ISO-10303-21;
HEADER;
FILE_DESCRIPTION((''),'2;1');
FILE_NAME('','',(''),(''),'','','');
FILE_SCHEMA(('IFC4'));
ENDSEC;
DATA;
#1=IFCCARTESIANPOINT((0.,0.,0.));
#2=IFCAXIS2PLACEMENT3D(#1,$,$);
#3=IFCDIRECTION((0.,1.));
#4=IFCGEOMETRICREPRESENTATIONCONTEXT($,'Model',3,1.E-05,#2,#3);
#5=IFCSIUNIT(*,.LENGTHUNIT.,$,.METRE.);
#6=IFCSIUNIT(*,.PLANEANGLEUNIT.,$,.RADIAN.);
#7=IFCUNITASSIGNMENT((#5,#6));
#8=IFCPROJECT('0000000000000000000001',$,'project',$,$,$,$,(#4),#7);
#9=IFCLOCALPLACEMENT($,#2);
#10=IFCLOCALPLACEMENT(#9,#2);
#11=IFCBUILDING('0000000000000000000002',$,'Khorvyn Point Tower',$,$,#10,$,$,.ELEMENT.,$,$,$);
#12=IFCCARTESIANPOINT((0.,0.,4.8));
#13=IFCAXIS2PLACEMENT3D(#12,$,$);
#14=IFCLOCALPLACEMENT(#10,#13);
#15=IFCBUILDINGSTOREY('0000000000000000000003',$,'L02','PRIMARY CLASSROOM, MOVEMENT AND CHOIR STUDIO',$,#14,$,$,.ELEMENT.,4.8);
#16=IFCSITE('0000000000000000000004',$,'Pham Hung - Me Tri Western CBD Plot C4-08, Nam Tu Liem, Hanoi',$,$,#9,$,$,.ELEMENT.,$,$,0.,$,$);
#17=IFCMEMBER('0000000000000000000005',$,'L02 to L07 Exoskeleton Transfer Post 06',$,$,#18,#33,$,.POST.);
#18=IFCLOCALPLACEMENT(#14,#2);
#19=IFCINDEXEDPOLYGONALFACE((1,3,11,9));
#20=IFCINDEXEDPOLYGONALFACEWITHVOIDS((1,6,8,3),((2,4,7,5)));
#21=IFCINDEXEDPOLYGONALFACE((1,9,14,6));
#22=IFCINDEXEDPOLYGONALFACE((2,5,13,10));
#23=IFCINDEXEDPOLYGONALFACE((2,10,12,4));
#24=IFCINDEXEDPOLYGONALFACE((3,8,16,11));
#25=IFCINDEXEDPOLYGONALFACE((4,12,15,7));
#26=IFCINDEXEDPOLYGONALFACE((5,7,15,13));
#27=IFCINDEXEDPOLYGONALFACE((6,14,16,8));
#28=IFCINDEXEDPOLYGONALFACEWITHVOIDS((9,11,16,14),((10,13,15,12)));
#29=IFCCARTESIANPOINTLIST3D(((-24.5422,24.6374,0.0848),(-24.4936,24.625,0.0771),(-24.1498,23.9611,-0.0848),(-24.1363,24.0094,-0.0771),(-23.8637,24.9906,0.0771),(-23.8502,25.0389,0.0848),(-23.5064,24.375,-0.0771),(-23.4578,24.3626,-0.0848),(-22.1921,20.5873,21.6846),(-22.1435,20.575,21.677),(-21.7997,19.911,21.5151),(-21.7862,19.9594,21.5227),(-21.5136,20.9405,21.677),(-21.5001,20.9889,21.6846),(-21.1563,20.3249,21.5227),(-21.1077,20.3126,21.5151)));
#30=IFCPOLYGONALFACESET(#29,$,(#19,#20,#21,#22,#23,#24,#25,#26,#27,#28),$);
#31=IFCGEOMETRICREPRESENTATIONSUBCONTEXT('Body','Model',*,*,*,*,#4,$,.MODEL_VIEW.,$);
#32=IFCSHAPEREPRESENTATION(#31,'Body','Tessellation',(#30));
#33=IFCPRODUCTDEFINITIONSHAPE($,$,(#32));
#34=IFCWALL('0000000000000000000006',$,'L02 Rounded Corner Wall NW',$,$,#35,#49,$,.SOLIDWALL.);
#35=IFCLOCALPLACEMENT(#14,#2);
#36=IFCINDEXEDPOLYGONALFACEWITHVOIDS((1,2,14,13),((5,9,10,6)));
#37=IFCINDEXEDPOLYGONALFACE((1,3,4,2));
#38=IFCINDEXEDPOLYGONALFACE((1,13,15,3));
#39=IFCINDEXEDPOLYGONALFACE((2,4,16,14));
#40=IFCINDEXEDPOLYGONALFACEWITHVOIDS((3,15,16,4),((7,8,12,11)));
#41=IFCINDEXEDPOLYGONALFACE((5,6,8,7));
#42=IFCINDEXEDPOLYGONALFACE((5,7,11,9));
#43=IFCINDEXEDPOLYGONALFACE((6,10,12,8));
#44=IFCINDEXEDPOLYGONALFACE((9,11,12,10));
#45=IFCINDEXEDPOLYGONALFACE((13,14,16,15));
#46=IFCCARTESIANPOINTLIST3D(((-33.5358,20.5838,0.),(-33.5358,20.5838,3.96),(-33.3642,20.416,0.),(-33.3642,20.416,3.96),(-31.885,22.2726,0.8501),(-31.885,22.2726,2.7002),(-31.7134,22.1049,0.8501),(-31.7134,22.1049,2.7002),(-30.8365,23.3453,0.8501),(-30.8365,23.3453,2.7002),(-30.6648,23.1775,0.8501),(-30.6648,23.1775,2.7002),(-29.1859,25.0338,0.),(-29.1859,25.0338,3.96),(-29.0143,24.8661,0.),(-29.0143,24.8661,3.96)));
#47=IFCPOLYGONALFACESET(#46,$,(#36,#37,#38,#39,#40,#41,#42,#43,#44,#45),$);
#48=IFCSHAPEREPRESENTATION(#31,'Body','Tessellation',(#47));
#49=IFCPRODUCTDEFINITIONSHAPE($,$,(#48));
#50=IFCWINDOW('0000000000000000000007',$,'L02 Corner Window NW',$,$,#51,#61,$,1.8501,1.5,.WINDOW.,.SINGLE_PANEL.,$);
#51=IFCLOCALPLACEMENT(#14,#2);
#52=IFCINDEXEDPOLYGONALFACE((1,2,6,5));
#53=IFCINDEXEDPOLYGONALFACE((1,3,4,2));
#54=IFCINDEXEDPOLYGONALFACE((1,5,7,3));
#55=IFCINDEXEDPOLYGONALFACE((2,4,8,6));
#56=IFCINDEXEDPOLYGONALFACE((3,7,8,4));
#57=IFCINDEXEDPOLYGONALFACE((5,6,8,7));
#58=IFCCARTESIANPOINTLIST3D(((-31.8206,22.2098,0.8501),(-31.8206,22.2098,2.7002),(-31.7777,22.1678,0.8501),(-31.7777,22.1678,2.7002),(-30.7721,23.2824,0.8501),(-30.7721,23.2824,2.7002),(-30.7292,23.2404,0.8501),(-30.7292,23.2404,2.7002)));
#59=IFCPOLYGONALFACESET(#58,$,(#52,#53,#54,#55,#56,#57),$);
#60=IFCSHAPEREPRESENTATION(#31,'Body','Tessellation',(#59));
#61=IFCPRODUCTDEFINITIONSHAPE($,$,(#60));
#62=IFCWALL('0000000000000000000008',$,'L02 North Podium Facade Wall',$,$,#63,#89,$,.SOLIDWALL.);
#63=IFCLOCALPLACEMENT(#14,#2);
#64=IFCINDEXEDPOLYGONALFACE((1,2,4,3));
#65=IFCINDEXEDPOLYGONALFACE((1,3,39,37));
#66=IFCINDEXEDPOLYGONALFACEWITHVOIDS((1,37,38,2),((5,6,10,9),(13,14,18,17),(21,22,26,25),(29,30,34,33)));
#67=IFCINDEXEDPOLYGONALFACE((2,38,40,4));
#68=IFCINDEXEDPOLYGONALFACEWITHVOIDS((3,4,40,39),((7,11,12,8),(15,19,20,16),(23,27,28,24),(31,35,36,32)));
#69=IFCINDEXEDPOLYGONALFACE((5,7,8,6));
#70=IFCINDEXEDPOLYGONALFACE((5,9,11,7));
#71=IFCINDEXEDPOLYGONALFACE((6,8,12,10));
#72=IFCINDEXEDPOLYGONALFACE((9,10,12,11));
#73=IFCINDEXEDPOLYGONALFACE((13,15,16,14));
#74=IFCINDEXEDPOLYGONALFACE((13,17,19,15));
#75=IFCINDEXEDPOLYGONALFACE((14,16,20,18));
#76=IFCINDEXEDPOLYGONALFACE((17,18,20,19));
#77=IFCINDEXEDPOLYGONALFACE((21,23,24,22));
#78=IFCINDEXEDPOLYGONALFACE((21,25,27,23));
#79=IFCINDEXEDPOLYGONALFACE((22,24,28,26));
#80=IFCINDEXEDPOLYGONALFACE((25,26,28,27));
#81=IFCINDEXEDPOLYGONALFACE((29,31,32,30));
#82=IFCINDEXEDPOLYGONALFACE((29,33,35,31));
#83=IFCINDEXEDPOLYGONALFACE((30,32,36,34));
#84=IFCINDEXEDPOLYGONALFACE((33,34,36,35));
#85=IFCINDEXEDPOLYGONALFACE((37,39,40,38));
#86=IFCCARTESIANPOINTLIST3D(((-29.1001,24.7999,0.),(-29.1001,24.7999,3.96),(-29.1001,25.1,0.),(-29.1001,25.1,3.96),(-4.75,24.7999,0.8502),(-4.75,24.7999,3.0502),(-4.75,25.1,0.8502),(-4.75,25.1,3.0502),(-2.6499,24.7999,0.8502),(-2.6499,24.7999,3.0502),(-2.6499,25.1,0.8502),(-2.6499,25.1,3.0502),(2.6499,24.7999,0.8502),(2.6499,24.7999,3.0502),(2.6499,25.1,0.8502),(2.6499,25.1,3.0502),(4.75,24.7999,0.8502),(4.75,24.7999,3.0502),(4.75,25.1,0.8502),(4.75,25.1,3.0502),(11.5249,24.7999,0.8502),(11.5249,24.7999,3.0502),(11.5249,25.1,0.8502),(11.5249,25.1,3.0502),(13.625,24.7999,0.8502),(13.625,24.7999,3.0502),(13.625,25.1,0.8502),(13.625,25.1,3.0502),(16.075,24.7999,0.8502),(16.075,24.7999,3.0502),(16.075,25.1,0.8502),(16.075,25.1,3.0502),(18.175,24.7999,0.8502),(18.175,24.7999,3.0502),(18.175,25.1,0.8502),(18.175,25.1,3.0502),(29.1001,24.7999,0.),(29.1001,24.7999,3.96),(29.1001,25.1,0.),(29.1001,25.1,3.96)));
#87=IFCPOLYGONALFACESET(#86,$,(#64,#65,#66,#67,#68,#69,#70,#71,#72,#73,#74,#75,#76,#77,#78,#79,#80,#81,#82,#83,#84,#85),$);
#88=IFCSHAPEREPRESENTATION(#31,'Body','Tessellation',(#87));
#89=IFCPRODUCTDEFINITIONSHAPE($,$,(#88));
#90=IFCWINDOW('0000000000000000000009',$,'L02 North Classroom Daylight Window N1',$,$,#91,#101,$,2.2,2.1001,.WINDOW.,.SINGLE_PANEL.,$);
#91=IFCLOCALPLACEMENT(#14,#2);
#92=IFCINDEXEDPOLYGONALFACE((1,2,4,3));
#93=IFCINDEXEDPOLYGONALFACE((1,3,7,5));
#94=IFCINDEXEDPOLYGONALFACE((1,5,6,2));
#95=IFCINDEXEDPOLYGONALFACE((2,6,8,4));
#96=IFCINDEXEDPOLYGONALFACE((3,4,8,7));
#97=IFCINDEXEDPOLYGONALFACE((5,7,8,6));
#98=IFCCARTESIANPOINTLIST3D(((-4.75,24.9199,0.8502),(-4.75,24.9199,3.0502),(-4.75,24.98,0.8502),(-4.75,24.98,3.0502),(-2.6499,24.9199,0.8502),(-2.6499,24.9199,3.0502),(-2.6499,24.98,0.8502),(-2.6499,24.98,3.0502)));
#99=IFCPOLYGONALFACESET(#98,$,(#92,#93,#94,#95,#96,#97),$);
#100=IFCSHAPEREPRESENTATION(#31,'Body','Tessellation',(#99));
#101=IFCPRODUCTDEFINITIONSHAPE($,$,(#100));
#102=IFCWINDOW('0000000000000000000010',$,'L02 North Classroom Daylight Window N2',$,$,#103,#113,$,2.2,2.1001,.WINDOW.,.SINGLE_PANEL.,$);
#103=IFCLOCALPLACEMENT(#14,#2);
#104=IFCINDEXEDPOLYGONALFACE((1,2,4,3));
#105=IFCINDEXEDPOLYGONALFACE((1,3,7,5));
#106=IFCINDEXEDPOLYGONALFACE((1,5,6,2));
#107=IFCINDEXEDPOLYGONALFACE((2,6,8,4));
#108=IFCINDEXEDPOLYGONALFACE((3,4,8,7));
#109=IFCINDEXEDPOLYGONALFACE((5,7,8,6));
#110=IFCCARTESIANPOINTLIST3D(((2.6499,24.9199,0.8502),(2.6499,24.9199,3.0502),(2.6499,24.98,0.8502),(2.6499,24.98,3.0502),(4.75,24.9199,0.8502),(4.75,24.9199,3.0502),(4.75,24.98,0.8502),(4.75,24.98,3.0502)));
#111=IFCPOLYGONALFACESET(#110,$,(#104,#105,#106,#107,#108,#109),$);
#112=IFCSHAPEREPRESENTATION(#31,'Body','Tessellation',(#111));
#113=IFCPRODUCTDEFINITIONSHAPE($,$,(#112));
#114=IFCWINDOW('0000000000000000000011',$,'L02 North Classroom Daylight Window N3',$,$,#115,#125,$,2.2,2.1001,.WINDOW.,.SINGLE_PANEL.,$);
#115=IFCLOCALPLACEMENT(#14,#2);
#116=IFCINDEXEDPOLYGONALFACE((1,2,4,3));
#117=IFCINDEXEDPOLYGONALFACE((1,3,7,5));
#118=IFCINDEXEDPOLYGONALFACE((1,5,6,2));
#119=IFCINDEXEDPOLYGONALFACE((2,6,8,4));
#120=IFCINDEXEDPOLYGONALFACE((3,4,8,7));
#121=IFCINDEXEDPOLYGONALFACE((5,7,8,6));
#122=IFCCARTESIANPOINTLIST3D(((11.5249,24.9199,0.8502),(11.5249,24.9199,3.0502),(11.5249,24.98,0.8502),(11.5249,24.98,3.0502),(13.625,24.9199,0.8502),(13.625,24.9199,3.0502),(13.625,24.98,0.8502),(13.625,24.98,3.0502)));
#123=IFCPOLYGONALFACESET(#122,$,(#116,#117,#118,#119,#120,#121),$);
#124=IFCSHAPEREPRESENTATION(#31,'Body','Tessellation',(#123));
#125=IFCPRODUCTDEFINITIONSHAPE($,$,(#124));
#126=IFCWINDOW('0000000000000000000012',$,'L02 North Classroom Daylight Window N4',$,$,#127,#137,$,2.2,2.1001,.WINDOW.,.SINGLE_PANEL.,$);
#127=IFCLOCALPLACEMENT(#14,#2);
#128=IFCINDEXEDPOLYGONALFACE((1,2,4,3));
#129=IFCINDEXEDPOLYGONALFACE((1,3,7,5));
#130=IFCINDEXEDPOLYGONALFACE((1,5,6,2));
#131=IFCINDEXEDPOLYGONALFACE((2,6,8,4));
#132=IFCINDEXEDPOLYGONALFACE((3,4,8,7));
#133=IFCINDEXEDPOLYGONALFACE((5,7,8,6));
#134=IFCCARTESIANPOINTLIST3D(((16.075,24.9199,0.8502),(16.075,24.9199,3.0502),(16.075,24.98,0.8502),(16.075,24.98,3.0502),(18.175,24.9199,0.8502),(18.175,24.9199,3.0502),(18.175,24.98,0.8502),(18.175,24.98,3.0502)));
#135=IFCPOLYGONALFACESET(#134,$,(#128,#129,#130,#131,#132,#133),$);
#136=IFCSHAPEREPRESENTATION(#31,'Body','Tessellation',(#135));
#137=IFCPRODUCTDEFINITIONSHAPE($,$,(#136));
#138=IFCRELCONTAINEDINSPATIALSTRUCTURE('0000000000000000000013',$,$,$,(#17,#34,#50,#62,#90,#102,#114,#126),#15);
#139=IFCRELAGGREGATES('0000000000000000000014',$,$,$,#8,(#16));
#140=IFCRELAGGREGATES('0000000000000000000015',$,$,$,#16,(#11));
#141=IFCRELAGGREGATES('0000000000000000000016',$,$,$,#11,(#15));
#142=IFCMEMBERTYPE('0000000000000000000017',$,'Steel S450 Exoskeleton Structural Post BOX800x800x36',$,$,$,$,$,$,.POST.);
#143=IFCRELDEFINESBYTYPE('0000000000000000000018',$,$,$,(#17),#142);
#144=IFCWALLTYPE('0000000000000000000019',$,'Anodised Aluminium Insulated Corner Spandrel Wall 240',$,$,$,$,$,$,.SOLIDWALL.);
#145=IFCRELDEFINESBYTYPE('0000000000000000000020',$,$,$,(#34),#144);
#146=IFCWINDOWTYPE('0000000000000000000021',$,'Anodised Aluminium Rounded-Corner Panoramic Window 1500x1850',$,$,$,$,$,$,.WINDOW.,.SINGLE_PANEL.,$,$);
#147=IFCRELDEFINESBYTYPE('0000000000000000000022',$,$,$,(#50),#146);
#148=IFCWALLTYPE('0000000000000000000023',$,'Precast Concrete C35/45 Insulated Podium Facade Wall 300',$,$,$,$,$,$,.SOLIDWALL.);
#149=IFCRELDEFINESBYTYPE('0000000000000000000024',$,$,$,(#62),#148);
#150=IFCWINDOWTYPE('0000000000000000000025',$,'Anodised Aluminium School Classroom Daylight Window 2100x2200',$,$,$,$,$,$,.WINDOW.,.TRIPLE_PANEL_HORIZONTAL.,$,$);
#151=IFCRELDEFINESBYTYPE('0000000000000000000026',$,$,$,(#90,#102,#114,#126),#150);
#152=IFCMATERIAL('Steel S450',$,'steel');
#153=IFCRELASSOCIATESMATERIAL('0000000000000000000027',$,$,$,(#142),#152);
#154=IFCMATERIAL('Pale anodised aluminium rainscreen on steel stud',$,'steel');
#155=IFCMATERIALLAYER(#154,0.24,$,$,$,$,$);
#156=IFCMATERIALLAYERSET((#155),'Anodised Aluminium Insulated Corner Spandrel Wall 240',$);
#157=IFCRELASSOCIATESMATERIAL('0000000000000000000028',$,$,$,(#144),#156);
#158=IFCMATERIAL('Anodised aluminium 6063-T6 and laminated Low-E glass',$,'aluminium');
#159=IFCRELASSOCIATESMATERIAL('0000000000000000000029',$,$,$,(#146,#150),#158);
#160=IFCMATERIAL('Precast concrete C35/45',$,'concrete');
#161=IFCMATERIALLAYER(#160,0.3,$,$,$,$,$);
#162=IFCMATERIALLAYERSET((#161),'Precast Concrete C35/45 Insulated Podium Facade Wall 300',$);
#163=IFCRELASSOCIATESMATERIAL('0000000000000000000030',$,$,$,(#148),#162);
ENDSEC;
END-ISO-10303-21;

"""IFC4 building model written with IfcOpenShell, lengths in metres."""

from ifc_helpers import new_model, si_unit, direction, frame, frame_2d, origin, origin_2d, place, context, subcontext, project, spatial, rectangle, hollow_rectangle, extrude, material, layer, layer_set, material_profile, profile_set, type_object, element, fill, save


model = new_model("IFC4")

# Units and contexts
model_context = context("Model", 3, precision=1e-05, world=origin(), true_north=direction((0.0, 1.0)))
body_context = subcontext(model_context, "Body", "Model", "MODEL_VIEW")
ifc_project = project(units=[si_unit("LENGTHUNIT", "METRE"), si_unit("PLANEANGLEUNIT", "RADIAN")], contexts=[model_context])

# Site, building, storey
site_placement = place(None, origin())
site = spatial("IfcSite", under=ifc_project, at=site_placement, Name="Pham Hung - Me Tri Western CBD Plot C4-08, Nam Tu Liem, Hanoi", CompositionType="ELEMENT", RefElevation=0.0)
building_placement = place(site_placement, origin())
building = spatial("IfcBuilding", under=site, at=building_placement, Name="Khorvyn Point Tower", CompositionType="ELEMENT")
storey_placement = place(building_placement, frame((0.0, 0.0, 4.8)))
storey = spatial("IfcBuildingStorey", under=building, at=storey_placement, Name="L02", Description="PRIMARY CLASSROOM, MOVEMENT AND CHOIR STUDIO", CompositionType="ELEMENT", Elevation=4.8)

# Member
ifc_material_1 = material(Name="Steel S450", Category="steel")
ifc_material_profile_1 = material_profile(ifc_material_1, hollow_rectangle(XDim=0.8, YDim=0.8, WallThickness=0.0359, at=origin_2d()))
ifc_profile_set_1 = profile_set([ifc_material_profile_1], Name="Steel S450 BOX800x800x36")
member_type = type_object("IfcMemberType", Name="Steel S450 Exoskeleton Structural Post BOX800x800x36", PredefinedType="POST", material=ifc_profile_set_1)
member_placement = place(storey_placement, frame((-24.0, 24.5, 0.0), z_axis=(0.106332, -0.183247, 0.977299), x_axis=(0.864932, 0.501889, 0.0)))
element("IfcMember", 1, at=member_placement, inside=storey, type_object=member_type, Name="L02 to L07 Exoskeleton Transfer Post 06", PredefinedType="POST", context=body_context, shape_type="SweptSolid", body=[
    extrude(hollow_rectangle(XDim=0.8, YDim=0.8, WallThickness=0.0359, at=origin_2d()), origin(), (0.0, 0.0, 1.0), 22.1016),
])

# Wall, opening, window
ifc_material_2 = material(Name="Pale anodised aluminium rainscreen on steel stud", Category="steel")
ifc_layer_1 = layer(ifc_material_2, 0.24)
ifc_layer_set_1 = layer_set([ifc_layer_1], Name="Anodised Aluminium Insulated Corner Spandrel Wall 240")
wall_type_1 = type_object("IfcWallType", Name="Anodised Aluminium Insulated Corner Spandrel Wall 240", PredefinedType="SOLIDWALL", material=ifc_layer_set_1)
wall_1_placement = place(storey_placement, frame((-33.45, 20.5, 0.0), z_axis=(0.0, 0.0, 1.0), x_axis=(0.699018, 0.715104, 0.0)))
wall_1 = element("IfcWall", 2, at=wall_1_placement, inside=storey, type_object=wall_type_1, Name="L02 Rounded Corner Wall NW", PredefinedType="SOLIDWALL", context=body_context, shape_type="SweptSolid", body=[
    extrude(rectangle(XDim=6.2229, YDim=0.24, at=frame_2d((3.1113, 0.0))), origin(), (0.0, 0.0, 1.0), 3.96),
])
opening_1_placement = place(wall_1_placement, frame((2.3616, 0.0, 0.8501)))
opening_1 = element("IfcOpeningElement", 3, at=opening_1_placement, cuts=wall_1, PredefinedType="OPENING", context=body_context, shape_type="SweptSolid", body=[
    extrude(rectangle(XDim=1.5, YDim=1.8501, at=frame_2d((0.75, 0.925))), frame((0.0, 0.1299, 0.0), z_axis=(0.0, -1.0, 0.0), x_axis=(1.0, 0.0, 0.0)), (0.0, 0.0, 1.0), 0.26),
])
ifc_material_3 = material(Name="Anodised aluminium 6063-T6 and laminated Low-E glass", Category="aluminium")
window_type_1 = type_object("IfcWindowType", Name="Anodised Aluminium Rounded-Corner Panoramic Window 1500x1850", PartitioningType="SINGLE_PANEL", PredefinedType="WINDOW", material=ifc_material_3)
window_1_placement = place(opening_1_placement, origin())
window_1 = element("IfcWindow", 4, at=window_1_placement, inside=storey, type_object=window_type_1, Name="L02 Corner Window NW", OverallHeight=1.8501, OverallWidth=1.5, PartitioningType="SINGLE_PANEL", PredefinedType="WINDOW", context=body_context, shape_type="SweptSolid", body=[
    extrude(rectangle(XDim=1.5, YDim=1.8501, at=frame_2d((0.75, 0.925))), frame((0.0, 0.03, 0.0), z_axis=(0.0, -1.0, 0.0), x_axis=(1.0, 0.0, 0.0)), (0.0, 0.0, 1.0), 0.0601),
])
fill(opening_1, window_1)

# Wall, openings, windows
ifc_material_4 = material(Name="Precast concrete C35/45", Category="concrete")
ifc_layer_2 = layer(ifc_material_4, 0.3)
ifc_layer_set_2 = layer_set([ifc_layer_2], Name="Precast Concrete C35/45 Insulated Podium Facade Wall 300")
wall_type_2 = type_object("IfcWallType", Name="Precast Concrete C35/45 Insulated Podium Facade Wall 300", PredefinedType="SOLIDWALL", material=ifc_layer_set_2)
wall_2_placement = place(storey_placement, frame((-29.1001, 24.95, 0.0), z_axis=(0.0, 0.0, 1.0), x_axis=(1.0, 0.0, 0.0)))
wall_2 = element("IfcWall", 5, at=wall_2_placement, inside=storey, type_object=wall_type_2, Name="L02 North Podium Facade Wall", PredefinedType="SOLIDWALL", context=body_context, shape_type="SweptSolid", body=[
    extrude(rectangle(XDim=58.2002, YDim=0.3, at=frame_2d((29.1001, 0.0))), origin(), (0.0, 0.0, 1.0), 3.96),
])
opening_2_placement = place(wall_2_placement, frame((24.3501, 0.0, 0.8501)))
opening_2 = element("IfcOpeningElement", 6, at=opening_2_placement, cuts=wall_2, PredefinedType="OPENING", context=body_context, shape_type="SweptSolid", body=[
    extrude(rectangle(XDim=2.1001, YDim=2.2, at=frame_2d((1.05, 1.1001))), frame((0.0, 0.1599, 0.0), z_axis=(0.0, -1.0, 0.0), x_axis=(1.0, 0.0, 0.0)), (0.0, 0.0, 1.0), 0.3201),
])
opening_3_placement = place(wall_2_placement, frame((31.75, 0.0, 0.8501)))
opening_3 = element("IfcOpeningElement", 7, at=opening_3_placement, cuts=wall_2, PredefinedType="OPENING", context=body_context, shape_type="SweptSolid", body=[
    extrude(rectangle(XDim=2.1001, YDim=2.2, at=frame_2d((1.05, 1.1001))), frame((0.0, 0.1599, 0.0), z_axis=(0.0, -1.0, 0.0), x_axis=(1.0, 0.0, 0.0)), (0.0, 0.0, 1.0), 0.3201),
])
opening_4_placement = place(wall_2_placement, frame((40.625, 0.0, 0.8501)))
opening_4 = element("IfcOpeningElement", 8, at=opening_4_placement, cuts=wall_2, PredefinedType="OPENING", context=body_context, shape_type="SweptSolid", body=[
    extrude(rectangle(XDim=2.1001, YDim=2.2, at=frame_2d((1.05, 1.1001))), frame((0.0, 0.1599, 0.0), z_axis=(0.0, -1.0, 0.0), x_axis=(1.0, 0.0, 0.0)), (0.0, 0.0, 1.0), 0.3201),
])
opening_5_placement = place(wall_2_placement, frame((45.175, 0.0, 0.8501)))
opening_5 = element("IfcOpeningElement", 9, at=opening_5_placement, cuts=wall_2, PredefinedType="OPENING", context=body_context, shape_type="SweptSolid", body=[
    extrude(rectangle(XDim=2.1001, YDim=2.2, at=frame_2d((1.05, 1.1001))), frame((0.0, 0.1599, 0.0), z_axis=(0.0, -1.0, 0.0), x_axis=(1.0, 0.0, 0.0)), (0.0, 0.0, 1.0), 0.3201),
])
window_type_2 = type_object("IfcWindowType", Name="Anodised Aluminium School Classroom Daylight Window 2100x2200", PartitioningType="TRIPLE_PANEL_HORIZONTAL", PredefinedType="WINDOW", material=ifc_material_3)
window_2_placement = place(opening_2_placement, origin())
window_2 = element("IfcWindow", 10, at=window_2_placement, inside=storey, type_object=window_type_2, Name="L02 North Classroom Daylight Window N1", OverallHeight=2.2, OverallWidth=2.1001, PartitioningType="SINGLE_PANEL", PredefinedType="WINDOW", context=body_context, shape_type="SweptSolid", body=[
    extrude(rectangle(XDim=2.1001, YDim=2.2, at=frame_2d((1.05, 1.1001))), frame((0.0, 0.03, 0.0), z_axis=(0.0, -1.0, 0.0), x_axis=(1.0, 0.0, 0.0)), (0.0, 0.0, 1.0), 0.0601),
])
fill(opening_2, window_2)
window_3_placement = place(opening_3_placement, origin())
window_3 = element("IfcWindow", 11, at=window_3_placement, inside=storey, type_object=window_type_2, Name="L02 North Classroom Daylight Window N2", OverallHeight=2.2, OverallWidth=2.1001, PartitioningType="SINGLE_PANEL", PredefinedType="WINDOW", context=body_context, shape_type="SweptSolid", body=[
    extrude(rectangle(XDim=2.1001, YDim=2.2, at=frame_2d((1.05, 1.1001))), frame((0.0, 0.03, 0.0), z_axis=(0.0, -1.0, 0.0), x_axis=(1.0, 0.0, 0.0)), (0.0, 0.0, 1.0), 0.0601),
])
fill(opening_3, window_3)
window_4_placement = place(opening_4_placement, origin())
window_4 = element("IfcWindow", 12, at=window_4_placement, inside=storey, type_object=window_type_2, Name="L02 North Classroom Daylight Window N3", OverallHeight=2.2, OverallWidth=2.1001, PartitioningType="SINGLE_PANEL", PredefinedType="WINDOW", context=body_context, shape_type="SweptSolid", body=[
    extrude(rectangle(XDim=2.1001, YDim=2.2, at=frame_2d((1.05, 1.1001))), frame((0.0, 0.03, 0.0), z_axis=(0.0, -1.0, 0.0), x_axis=(1.0, 0.0, 0.0)), (0.0, 0.0, 1.0), 0.0601),
])
fill(opening_4, window_4)
window_5_placement = place(opening_5_placement, origin())
window_5 = element("IfcWindow", 13, at=window_5_placement, inside=storey, type_object=window_type_2, Name="L02 North Classroom Daylight Window N4", OverallHeight=2.2, OverallWidth=2.1001, PartitioningType="SINGLE_PANEL", PredefinedType="WINDOW", context=body_context, shape_type="SweptSolid", body=[
    extrude(rectangle(XDim=2.1001, YDim=2.2, at=frame_2d((1.05, 1.1001))), frame((0.0, 0.03, 0.0), z_axis=(0.0, -1.0, 0.0), x_axis=(1.0, 0.0, 0.0)), (0.0, 0.0, 1.0), 0.0601),
])
fill(opening_5, window_5)

save(model, "model.ifc")
